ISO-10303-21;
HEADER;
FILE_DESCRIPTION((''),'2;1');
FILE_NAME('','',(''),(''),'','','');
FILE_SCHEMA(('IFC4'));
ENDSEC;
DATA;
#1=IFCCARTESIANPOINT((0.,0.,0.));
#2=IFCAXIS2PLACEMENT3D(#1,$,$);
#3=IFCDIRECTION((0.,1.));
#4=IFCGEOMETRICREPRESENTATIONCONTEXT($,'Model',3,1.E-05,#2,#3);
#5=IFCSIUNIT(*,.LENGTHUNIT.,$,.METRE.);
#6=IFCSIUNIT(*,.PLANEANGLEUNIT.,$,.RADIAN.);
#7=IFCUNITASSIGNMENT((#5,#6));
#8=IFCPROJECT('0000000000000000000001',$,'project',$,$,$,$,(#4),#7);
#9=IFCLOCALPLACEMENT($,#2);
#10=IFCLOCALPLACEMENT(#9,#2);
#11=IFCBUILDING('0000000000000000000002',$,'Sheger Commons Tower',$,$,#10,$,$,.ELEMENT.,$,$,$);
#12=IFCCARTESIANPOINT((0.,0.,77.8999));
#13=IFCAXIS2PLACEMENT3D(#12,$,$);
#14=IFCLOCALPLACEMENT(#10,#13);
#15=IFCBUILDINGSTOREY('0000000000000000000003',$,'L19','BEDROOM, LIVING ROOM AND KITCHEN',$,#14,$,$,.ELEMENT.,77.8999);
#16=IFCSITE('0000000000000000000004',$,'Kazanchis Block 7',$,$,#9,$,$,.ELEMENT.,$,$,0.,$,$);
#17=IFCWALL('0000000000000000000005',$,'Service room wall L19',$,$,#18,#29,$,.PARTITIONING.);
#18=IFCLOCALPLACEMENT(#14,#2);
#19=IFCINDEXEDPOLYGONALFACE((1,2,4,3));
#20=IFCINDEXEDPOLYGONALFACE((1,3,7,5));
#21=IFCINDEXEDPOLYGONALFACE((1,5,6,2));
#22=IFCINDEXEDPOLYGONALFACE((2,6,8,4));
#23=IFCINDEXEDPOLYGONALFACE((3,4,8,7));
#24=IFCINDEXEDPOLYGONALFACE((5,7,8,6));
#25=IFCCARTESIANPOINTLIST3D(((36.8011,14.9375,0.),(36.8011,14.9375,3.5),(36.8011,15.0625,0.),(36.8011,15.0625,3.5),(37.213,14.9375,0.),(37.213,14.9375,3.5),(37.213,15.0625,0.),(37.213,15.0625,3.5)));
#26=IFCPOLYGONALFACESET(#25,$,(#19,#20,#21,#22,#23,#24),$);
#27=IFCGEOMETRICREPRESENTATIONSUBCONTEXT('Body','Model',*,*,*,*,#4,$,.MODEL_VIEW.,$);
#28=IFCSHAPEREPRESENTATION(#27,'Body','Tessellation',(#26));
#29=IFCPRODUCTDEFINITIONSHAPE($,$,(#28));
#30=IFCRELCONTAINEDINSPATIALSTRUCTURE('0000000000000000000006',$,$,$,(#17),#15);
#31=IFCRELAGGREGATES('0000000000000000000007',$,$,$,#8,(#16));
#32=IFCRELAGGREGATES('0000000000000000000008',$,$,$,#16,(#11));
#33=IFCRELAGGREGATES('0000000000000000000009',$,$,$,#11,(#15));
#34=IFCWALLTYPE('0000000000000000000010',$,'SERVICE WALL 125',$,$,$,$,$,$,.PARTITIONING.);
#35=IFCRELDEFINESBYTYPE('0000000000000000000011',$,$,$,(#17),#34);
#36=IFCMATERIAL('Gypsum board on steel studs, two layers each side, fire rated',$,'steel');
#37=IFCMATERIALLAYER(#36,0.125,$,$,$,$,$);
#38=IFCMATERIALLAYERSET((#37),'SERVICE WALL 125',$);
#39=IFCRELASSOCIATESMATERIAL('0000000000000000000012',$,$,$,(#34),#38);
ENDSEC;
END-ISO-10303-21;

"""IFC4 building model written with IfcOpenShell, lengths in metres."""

from ifc_helpers import new_model, si_unit, direction, frame, frame_2d, origin, place, context, subcontext, project, spatial, rectangle, extrude, material, layer, layer_set, type_object, element, save


model = new_model("IFC4")

# Units and contexts
model_context = context("Model", 3, precision=1e-05, world=origin(), true_north=direction((0.0, 1.0)))
body_context = subcontext(model_context, "Body", "Model", "MODEL_VIEW")
ifc_project = project(units=[si_unit("LENGTHUNIT", "METRE"), si_unit("PLANEANGLEUNIT", "RADIAN")], contexts=[model_context])

# Site, building, storey
site_placement = place(None, origin())
site = spatial("IfcSite", under=ifc_project, at=site_placement, Name="Kazanchis Block 7", CompositionType="ELEMENT", RefElevation=0.0)
building_placement = place(site_placement, origin())
building = spatial("IfcBuilding", under=site, at=building_placement, Name="Sheger Commons Tower", CompositionType="ELEMENT")
storey_placement = place(building_placement, frame((0.0, 0.0, 77.8999)))
storey = spatial("IfcBuildingStorey", under=building, at=storey_placement, Name="L19", Description="BEDROOM, LIVING ROOM AND KITCHEN", CompositionType="ELEMENT", Elevation=77.8999)

# Shared definitions
ifc_material_1 = material(Name="Gypsum board on steel studs, two layers each side, fire rated", Category="steel")
ifc_layer_1 = layer(ifc_material_1, 0.125)
ifc_layer_set_1 = layer_set([ifc_layer_1], Name="SERVICE WALL 125")
wall_type_1 = type_object("IfcWallType", Name="SERVICE WALL 125", PredefinedType="PARTITIONING", material=ifc_layer_set_1)

# Wall
wall_1_placement = place(storey_placement, frame((36.801, 15.0, 0.0), z_axis=(0.0, 0.0, 1.0), x_axis=(1.0, 0.0, 0.0)))
element("IfcWall", 1, at=wall_1_placement, inside=storey, type_object=wall_type_1, Name="Service room wall L19", PredefinedType="PARTITIONING", context=body_context, shape_type="SweptSolid", body=[
    extrude(rectangle(XDim=0.4119, YDim=0.125, at=frame_2d((0.2061, 0.0))), origin(), (0.0, 0.0, 1.0), 3.5),
])

save(model, "model.ifc")
